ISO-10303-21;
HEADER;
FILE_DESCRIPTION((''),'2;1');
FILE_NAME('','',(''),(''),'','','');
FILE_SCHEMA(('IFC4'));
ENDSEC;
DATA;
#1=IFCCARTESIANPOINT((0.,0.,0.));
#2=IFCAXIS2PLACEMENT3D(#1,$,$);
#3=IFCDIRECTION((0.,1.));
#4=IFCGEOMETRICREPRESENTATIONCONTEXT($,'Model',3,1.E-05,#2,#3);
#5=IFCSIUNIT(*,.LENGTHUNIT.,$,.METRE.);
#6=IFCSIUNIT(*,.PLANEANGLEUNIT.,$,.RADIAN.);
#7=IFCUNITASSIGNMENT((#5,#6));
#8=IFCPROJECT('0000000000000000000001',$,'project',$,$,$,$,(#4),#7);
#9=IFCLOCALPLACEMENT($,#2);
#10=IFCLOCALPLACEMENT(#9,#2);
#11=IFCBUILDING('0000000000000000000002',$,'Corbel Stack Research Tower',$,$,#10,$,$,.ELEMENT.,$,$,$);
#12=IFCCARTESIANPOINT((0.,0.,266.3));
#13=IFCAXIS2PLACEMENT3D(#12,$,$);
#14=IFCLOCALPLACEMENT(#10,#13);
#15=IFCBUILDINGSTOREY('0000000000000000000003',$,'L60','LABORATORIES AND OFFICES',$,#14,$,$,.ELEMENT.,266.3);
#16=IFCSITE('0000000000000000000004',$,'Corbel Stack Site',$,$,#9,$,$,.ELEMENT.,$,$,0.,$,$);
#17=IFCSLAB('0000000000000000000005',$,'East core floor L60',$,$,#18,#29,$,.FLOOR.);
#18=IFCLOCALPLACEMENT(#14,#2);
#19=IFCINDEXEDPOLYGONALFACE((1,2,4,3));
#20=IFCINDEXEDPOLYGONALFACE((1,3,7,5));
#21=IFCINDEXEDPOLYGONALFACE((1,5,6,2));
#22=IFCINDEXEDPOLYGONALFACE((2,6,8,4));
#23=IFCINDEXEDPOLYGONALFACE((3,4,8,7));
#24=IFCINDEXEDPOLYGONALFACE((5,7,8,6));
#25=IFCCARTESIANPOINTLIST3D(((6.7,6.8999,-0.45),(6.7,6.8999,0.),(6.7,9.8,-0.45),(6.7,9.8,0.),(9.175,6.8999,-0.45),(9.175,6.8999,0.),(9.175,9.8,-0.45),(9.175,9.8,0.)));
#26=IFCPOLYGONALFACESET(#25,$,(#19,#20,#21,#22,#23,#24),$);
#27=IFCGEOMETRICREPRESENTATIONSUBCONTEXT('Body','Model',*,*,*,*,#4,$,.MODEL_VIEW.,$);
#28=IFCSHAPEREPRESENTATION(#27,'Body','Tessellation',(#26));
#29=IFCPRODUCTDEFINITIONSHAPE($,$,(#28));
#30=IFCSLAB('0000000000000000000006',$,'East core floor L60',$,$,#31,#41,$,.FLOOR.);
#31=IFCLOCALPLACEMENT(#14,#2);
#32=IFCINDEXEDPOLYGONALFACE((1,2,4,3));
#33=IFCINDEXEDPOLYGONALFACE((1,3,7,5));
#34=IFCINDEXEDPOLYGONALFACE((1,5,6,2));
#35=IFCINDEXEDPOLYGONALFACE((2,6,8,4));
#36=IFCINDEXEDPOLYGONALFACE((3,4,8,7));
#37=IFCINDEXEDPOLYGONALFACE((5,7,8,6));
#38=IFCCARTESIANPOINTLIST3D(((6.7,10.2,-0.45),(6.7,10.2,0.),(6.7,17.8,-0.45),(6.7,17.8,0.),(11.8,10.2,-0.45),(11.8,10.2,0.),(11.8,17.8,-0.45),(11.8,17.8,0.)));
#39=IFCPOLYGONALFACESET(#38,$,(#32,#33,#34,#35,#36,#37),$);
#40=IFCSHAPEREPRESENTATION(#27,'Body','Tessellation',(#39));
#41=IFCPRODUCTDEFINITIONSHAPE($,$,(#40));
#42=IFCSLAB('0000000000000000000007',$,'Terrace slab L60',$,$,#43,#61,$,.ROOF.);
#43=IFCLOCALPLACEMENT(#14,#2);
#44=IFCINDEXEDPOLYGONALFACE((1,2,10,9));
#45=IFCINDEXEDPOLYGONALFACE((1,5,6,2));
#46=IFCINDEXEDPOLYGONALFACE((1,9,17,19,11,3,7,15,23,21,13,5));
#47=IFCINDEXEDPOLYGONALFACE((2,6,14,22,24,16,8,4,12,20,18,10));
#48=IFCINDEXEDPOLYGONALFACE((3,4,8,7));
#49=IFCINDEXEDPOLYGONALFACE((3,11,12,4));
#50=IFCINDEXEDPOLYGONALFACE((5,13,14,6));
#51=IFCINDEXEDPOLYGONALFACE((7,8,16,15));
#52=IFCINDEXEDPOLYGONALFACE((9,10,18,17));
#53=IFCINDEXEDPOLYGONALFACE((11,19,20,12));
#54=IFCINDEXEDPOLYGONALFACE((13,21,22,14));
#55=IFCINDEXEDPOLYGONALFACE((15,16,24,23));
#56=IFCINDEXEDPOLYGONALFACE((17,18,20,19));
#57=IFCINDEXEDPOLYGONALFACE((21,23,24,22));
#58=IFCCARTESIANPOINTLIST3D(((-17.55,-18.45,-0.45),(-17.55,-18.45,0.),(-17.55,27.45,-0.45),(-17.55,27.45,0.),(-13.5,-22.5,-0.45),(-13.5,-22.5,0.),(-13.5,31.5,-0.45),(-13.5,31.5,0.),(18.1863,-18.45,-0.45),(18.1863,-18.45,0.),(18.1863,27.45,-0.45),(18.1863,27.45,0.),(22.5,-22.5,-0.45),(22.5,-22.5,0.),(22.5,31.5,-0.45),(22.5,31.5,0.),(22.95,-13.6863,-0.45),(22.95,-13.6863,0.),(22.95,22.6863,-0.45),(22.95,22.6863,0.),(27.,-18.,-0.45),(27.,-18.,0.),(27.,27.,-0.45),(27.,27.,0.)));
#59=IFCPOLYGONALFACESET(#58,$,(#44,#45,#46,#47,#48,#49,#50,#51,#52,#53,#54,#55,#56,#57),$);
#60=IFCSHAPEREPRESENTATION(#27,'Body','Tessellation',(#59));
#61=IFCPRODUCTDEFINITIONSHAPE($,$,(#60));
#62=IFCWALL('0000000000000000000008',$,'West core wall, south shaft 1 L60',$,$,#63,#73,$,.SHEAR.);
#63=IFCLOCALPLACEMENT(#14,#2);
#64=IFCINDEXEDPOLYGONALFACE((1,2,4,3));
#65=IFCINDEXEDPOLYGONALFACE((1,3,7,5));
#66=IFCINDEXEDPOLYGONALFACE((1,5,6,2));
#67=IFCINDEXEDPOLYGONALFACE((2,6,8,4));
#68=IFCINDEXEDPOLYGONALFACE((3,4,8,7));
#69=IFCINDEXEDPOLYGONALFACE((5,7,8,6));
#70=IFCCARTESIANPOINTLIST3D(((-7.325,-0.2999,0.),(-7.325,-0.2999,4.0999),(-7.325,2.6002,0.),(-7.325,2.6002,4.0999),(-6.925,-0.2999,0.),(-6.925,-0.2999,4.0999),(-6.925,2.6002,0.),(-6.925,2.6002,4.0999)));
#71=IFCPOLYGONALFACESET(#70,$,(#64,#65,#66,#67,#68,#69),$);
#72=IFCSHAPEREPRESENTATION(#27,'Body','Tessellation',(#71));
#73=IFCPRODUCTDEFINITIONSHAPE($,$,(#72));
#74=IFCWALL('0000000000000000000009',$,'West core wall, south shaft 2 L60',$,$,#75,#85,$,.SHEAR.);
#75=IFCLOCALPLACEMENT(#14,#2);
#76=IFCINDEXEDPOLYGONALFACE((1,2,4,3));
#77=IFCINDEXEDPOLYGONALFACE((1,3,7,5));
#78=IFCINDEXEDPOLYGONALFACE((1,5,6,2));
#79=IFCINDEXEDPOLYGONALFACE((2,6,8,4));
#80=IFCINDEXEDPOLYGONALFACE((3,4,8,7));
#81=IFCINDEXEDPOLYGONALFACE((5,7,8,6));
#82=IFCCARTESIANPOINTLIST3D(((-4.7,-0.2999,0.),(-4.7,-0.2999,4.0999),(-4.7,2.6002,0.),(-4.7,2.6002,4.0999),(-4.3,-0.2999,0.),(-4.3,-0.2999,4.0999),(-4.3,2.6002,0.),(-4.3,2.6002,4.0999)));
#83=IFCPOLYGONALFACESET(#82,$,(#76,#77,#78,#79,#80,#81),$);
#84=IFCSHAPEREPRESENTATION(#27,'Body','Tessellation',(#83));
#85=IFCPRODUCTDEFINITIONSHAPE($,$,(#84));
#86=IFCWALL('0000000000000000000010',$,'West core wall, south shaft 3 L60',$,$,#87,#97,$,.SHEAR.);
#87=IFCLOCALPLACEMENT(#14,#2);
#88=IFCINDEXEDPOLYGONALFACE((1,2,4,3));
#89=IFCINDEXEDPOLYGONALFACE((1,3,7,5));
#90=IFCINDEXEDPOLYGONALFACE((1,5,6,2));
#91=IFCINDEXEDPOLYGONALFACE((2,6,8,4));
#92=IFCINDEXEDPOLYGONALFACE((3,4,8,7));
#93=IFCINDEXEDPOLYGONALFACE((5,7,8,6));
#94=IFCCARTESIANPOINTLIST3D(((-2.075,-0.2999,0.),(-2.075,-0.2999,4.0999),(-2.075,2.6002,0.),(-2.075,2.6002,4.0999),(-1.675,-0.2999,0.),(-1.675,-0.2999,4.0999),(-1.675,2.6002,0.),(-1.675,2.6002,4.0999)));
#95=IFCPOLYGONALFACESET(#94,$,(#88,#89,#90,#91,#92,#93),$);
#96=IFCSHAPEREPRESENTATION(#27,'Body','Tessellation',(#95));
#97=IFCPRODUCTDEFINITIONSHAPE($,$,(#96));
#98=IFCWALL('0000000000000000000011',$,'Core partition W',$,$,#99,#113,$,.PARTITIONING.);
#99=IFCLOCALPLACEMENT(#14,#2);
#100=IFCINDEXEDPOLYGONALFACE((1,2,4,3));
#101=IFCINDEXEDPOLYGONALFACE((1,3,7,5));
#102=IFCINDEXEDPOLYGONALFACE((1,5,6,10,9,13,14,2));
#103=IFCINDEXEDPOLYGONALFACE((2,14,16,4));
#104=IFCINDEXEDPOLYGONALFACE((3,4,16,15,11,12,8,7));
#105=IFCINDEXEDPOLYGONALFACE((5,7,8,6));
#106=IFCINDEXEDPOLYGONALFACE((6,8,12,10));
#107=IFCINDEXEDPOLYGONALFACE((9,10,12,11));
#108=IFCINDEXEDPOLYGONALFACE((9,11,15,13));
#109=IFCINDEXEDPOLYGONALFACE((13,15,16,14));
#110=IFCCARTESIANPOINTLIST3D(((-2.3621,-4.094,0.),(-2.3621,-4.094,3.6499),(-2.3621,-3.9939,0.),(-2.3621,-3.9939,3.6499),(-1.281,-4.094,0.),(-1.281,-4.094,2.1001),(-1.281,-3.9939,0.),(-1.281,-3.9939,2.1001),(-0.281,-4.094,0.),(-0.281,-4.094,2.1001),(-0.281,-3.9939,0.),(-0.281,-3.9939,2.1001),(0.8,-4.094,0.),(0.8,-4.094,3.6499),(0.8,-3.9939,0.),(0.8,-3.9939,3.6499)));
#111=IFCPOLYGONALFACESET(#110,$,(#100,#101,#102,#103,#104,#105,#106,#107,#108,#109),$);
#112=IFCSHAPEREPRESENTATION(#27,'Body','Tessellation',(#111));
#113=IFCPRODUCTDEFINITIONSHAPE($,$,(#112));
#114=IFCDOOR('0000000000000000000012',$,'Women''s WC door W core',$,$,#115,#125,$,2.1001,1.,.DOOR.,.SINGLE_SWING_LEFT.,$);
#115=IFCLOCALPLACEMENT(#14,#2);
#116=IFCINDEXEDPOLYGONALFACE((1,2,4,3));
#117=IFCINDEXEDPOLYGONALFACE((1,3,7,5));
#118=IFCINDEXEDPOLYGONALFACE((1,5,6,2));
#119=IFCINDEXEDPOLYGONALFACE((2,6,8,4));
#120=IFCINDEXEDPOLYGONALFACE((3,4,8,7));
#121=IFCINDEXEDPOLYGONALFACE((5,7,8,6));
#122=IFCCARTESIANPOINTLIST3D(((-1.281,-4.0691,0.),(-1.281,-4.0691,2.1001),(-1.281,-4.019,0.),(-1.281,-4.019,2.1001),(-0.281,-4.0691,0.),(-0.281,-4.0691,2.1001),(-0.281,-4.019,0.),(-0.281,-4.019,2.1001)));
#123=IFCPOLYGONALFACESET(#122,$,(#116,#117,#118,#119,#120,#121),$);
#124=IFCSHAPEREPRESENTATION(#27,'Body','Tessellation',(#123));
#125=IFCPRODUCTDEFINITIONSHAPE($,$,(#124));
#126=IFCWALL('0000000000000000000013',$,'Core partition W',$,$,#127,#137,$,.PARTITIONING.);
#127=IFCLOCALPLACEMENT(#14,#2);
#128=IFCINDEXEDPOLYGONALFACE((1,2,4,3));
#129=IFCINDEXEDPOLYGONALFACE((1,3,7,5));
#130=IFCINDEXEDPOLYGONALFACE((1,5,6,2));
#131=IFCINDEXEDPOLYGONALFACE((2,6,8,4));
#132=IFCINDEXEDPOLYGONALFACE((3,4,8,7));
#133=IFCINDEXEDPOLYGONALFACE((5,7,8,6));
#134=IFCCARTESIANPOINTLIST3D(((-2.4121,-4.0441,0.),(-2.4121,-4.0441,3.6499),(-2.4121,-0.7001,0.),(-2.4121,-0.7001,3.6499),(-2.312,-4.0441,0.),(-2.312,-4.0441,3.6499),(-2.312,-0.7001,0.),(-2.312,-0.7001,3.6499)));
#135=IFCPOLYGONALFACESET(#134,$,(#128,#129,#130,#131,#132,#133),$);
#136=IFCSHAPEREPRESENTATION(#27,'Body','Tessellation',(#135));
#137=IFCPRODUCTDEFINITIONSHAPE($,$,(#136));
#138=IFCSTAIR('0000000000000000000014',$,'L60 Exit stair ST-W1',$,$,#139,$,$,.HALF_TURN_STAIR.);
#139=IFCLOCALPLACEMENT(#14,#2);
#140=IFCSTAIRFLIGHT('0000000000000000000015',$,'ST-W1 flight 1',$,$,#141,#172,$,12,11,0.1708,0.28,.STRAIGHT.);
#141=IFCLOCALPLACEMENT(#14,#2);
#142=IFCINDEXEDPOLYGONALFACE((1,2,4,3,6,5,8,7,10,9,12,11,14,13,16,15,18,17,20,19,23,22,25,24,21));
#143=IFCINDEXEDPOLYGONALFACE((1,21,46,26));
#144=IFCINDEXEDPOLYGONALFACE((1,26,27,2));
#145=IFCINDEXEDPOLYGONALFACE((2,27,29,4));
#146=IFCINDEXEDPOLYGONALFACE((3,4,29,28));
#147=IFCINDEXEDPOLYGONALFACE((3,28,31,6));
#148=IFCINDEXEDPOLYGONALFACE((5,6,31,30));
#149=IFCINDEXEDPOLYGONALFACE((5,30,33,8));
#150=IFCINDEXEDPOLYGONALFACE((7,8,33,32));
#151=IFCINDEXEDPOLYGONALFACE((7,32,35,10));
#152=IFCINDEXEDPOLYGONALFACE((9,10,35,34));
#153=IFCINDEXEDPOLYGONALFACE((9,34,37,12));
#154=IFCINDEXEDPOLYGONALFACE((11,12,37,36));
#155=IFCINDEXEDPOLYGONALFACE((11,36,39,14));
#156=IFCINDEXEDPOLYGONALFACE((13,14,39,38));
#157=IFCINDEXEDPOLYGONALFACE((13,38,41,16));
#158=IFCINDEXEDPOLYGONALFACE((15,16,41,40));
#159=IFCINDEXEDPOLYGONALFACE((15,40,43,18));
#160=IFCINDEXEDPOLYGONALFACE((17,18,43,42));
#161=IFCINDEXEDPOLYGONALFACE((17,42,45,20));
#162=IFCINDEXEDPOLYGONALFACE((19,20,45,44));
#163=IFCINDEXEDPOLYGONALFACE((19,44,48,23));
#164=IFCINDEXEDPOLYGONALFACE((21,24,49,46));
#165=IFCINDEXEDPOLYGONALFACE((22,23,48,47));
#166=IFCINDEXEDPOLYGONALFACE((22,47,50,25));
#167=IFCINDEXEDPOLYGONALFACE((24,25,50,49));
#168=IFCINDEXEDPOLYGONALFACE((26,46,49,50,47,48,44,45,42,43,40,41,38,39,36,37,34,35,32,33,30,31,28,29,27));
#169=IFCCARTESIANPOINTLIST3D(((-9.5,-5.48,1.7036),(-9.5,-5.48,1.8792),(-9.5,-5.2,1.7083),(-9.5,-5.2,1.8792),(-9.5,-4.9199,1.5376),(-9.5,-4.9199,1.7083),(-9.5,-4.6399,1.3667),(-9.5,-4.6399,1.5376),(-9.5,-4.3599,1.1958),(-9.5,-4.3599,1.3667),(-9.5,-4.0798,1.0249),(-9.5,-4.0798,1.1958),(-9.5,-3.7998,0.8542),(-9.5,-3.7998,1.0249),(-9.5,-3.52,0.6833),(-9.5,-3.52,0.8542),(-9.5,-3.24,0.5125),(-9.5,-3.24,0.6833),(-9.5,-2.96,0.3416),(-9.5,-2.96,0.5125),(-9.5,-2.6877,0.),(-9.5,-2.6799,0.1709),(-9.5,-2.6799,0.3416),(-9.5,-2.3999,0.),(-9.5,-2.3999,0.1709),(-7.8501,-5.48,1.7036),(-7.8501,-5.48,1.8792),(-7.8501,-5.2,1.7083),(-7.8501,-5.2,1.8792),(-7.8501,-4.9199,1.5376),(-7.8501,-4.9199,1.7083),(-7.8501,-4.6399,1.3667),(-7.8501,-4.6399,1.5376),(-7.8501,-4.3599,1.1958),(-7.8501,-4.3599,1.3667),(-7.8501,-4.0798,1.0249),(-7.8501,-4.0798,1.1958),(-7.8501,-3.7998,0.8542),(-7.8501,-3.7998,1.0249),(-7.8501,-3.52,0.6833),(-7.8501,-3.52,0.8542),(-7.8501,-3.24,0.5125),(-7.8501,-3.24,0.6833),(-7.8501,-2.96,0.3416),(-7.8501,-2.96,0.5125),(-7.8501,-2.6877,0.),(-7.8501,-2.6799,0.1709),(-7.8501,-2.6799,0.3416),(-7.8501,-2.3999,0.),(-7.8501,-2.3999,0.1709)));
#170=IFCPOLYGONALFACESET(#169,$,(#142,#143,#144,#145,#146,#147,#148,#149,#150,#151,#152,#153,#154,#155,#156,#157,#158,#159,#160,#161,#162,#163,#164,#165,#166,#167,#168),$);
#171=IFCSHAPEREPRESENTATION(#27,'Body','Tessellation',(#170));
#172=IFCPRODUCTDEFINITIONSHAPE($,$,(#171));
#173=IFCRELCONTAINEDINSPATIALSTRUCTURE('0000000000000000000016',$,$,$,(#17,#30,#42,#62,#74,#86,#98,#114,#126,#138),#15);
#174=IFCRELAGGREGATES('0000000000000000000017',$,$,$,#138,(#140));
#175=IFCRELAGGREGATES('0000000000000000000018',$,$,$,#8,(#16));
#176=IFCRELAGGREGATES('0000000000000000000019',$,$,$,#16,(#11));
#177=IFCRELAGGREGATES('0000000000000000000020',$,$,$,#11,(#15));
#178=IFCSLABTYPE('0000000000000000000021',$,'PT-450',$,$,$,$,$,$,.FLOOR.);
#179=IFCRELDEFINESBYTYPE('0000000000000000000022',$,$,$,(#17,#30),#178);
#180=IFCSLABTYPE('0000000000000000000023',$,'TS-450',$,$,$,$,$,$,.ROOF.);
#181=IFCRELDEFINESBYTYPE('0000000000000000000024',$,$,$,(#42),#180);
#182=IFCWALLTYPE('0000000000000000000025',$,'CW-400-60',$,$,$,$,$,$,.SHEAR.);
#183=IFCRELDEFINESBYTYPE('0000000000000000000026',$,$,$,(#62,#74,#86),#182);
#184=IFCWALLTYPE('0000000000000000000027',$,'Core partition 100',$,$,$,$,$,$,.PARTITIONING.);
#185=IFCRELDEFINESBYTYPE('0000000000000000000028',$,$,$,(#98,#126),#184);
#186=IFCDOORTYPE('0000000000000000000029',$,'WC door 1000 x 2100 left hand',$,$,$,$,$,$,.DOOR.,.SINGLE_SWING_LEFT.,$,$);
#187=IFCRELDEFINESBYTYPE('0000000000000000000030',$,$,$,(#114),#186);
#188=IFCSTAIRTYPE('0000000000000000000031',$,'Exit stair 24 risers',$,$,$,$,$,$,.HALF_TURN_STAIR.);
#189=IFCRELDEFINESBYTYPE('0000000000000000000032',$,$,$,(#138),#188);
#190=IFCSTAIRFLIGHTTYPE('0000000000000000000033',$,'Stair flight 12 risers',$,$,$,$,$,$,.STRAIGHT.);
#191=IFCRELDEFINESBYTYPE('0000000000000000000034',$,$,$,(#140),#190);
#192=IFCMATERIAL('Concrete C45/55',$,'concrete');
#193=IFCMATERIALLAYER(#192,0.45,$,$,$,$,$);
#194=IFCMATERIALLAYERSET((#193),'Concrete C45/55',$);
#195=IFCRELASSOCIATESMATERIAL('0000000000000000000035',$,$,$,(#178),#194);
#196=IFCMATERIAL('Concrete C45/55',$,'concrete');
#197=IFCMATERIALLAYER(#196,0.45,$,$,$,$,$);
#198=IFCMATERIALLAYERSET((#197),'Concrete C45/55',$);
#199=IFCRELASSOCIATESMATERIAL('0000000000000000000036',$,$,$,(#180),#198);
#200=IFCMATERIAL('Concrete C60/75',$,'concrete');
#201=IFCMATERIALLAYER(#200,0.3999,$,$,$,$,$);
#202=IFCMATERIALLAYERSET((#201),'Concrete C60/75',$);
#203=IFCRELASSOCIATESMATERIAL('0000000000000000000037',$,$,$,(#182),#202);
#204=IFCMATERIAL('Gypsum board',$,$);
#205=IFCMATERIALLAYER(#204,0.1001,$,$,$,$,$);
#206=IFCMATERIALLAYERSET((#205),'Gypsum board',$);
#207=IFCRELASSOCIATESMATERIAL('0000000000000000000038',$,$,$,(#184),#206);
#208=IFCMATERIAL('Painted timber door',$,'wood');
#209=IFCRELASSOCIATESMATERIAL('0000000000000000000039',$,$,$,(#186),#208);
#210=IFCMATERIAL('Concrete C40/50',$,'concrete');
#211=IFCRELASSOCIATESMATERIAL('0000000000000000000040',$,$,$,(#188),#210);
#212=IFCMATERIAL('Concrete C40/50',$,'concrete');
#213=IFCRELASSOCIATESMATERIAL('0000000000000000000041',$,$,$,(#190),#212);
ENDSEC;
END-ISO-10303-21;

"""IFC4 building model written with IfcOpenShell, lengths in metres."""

from ifc_helpers import new_model, si_unit, direction, frame, frame_2d, origin, place, context, subcontext, project, spatial, polyline, rectangle, outline, extrude, material, layer, layer_set, type_object, element, fill, aggregate, save


model = new_model("IFC4")

# Units and contexts
model_context = context("Model", 3, precision=1e-05, world=origin(), true_north=direction((0.0, 1.0)))
body_context = subcontext(model_context, "Body", "Model", "MODEL_VIEW")
ifc_project = project(units=[si_unit("LENGTHUNIT", "METRE"), si_unit("PLANEANGLEUNIT", "RADIAN")], contexts=[model_context])

# Site, building, storey
site_placement = place(None, origin())
site = spatial("IfcSite", under=ifc_project, at=site_placement, Name="Corbel Stack Site", CompositionType="ELEMENT", RefElevation=0.0)
building_placement = place(site_placement, origin())
building = spatial("IfcBuilding", under=site, at=building_placement, Name="Corbel Stack Research Tower", CompositionType="ELEMENT")
storey_placement = place(building_placement, frame((0.0, 0.0, 266.3)))
storey = spatial("IfcBuildingStorey", under=building, at=storey_placement, Name="L60", Description="LABORATORIES AND OFFICES", CompositionType="ELEMENT", Elevation=266.3)

# Slabs
ifc_material_1 = material(Name="Concrete C45/55", Category="concrete")
ifc_layer_1 = layer(ifc_material_1, 0.45)
ifc_layer_set_1 = layer_set([ifc_layer_1], Name="Concrete C45/55")
slab_type_1 = type_object("IfcSlabType", Name="PT-450", PredefinedType="FLOOR", material=ifc_layer_set_1)
slab_1_placement = place(storey_placement, frame((0.0, 0.0, -0.45)))
element("IfcSlab", 1, at=slab_1_placement, inside=storey, type_object=slab_type_1, Name="East core floor L60", PredefinedType="FLOOR", context=body_context, shape_type="SweptSolid", body=[
    extrude(outline(polyline([(6.7, 6.8999), (9.175, 6.8999), (9.175, 9.8), (6.7, 9.8), (6.7, 6.8999)])), origin(), (0.0, 0.0, 1.0), 0.45),
])
slab_2_placement = place(storey_placement, frame((0.0, 0.0, -0.45)))
element("IfcSlab", 2, at=slab_2_placement, inside=storey, type_object=slab_type_1, Name="East core floor L60", PredefinedType="FLOOR", context=body_context, shape_type="SweptSolid", body=[
    extrude(outline(polyline([(6.7, 10.2), (11.8, 10.2), (11.8, 17.8), (6.7, 17.8), (6.7, 10.2)])), origin(), (0.0, 0.0, 1.0), 0.45),
])
ifc_material_2 = material(Name="Concrete C45/55", Category="concrete")
ifc_layer_2 = layer(ifc_material_2, 0.45)
ifc_layer_set_2 = layer_set([ifc_layer_2], Name="Concrete C45/55")
slab_type_2 = type_object("IfcSlabType", Name="TS-450", PredefinedType="ROOF", material=ifc_layer_set_2)
slab_3_placement = place(storey_placement, frame((0.0, 0.0, -0.45)))
element("IfcSlab", 3, at=slab_3_placement, inside=storey, type_object=slab_type_2, Name="Terrace slab L60", PredefinedType="ROOF", context=body_context, shape_type="SweptSolid", body=[
    extrude(outline(polyline([(-17.55, 27.45), (18.1863, 27.45), (22.95, 22.6863), (22.95, -13.6863), (18.1863, -18.45), (-17.55, -18.45), (-13.5, -22.5), (22.5, -22.5), (27.0, -18.0), (27.0, 27.0), (22.5, 31.5), (-13.5, 31.5), (-17.55, 27.45)])), origin(), (0.0, 0.0, 1.0), 0.45),
])

# Walls
ifc_material_3 = material(Name="Concrete C60/75", Category="concrete")
ifc_layer_3 = layer(ifc_material_3, 0.3999)
ifc_layer_set_3 = layer_set([ifc_layer_3], Name="Concrete C60/75")
wall_type_1 = type_object("IfcWallType", Name="CW-400-60", PredefinedType="SHEAR", material=ifc_layer_set_3)
for number, where, z_axis, x_axis, name in (
    (4, (-7.125, -0.3, 0.0), (0.0, 0.0, 1.0), (0.0, 1.0, 0.0), "West core wall, south shaft 1 L60"),
    (5, (-4.5, -0.3, 0.0), (0.0, 0.0, 1.0), (0.0, 1.0, 0.0), "West core wall, south shaft 2 L60"),
    (6, (-1.875, -0.3, 0.0), (0.0, 0.0, 1.0), (0.0, 1.0, 0.0), "West core wall, south shaft 3 L60"),
):
    element("IfcWall", number, at=place(storey_placement, frame(where, z_axis=z_axis, x_axis=x_axis)), inside=storey, type_object=wall_type_1, Name=name, PredefinedType="SHEAR", context=body_context, shape_type="SweptSolid", body=[
        extrude(rectangle(XDim=2.9001, YDim=0.3999, at=frame_2d((1.4502, 0.0))), origin(), (0.0, 0.0, 1.0), 4.0999),
    ])

# Wall, opening, door
ifc_material_4 = material(Name="Gypsum board")
ifc_layer_4 = layer(ifc_material_4, 0.1001)
ifc_layer_set_4 = layer_set([ifc_layer_4], Name="Gypsum board")
wall_type_2 = type_object("IfcWallType", Name="Core partition 100", PredefinedType="PARTITIONING", material=ifc_layer_set_4)
wall_1_placement = place(storey_placement, frame((-2.3621, -4.0439, 0.0), z_axis=(0.0, 0.0, 1.0), x_axis=(1.0, 0.0, 0.0)))
wall_1 = element("IfcWall", 7, at=wall_1_placement, inside=storey, type_object=wall_type_2, Name="Core partition W", PredefinedType="PARTITIONING", context=body_context, shape_type="SweptSolid", body=[
    extrude(rectangle(XDim=3.1621, YDim=0.1001, at=frame_2d((1.5811, 0.0))), origin(), (0.0, 0.0, 1.0), 3.6499),
])
opening_placement = place(wall_1_placement, frame((1.0811, 0.0, 0.0)))
opening = element("IfcOpeningElement", 8, at=opening_placement, cuts=wall_1, PredefinedType="OPENING", context=body_context, shape_type="SweptSolid", body=[
    extrude(rectangle(XDim=1.0, YDim=2.1001, at=frame_2d((0.5, 1.05))), frame((0.0, 0.0601, 0.0), z_axis=(0.0, -1.0, 0.0), x_axis=(1.0, 0.0, 0.0)), (0.0, 0.0, 1.0), 0.1201),
])
ifc_material_5 = material(Name="Painted timber door", Category="wood")
door_type = type_object("IfcDoorType", Name="WC door 1000 x 2100 left hand", OperationType="SINGLE_SWING_LEFT", PredefinedType="DOOR", material=ifc_material_5)
door_placement = place(opening_placement, origin())
door = element("IfcDoor", 9, at=door_placement, inside=storey, type_object=door_type, Name="Women's WC door W core", OperationType="SINGLE_SWING_LEFT", OverallHeight=2.1001, OverallWidth=1.0, PredefinedType="DOOR", context=body_context, shape_type="SweptSolid", body=[
    extrude(rectangle(XDim=1.0, YDim=2.1001, at=frame_2d((0.5, 1.05))), frame((0.0, 0.0249, 0.0), z_axis=(0.0, -1.0, 0.0), x_axis=(1.0, 0.0, 0.0)), (0.0, 0.0, 1.0), 0.05),
])
fill(opening, door)

# Wall
wall_2_placement = place(storey_placement, frame((-2.3621, -4.0439, 0.0), z_axis=(0.0, 0.0, 1.0), x_axis=(0.0, 1.0, 0.0)))
element("IfcWall", 10, at=wall_2_placement, inside=storey, type_object=wall_type_2, Name="Core partition W", PredefinedType="PARTITIONING", context=body_context, shape_type="SweptSolid", body=[
    extrude(rectangle(XDim=3.344, YDim=0.1001, at=frame_2d((1.6719, 0.0))), origin(), (0.0, 0.0, 1.0), 3.6499),
])

# Stair, stair flight
ifc_material_6 = material(Name="Concrete C40/50", Category="concrete")
stair_type = type_object("IfcStairType", Name="Exit stair 24 risers", PredefinedType="HALF_TURN_STAIR", material=ifc_material_6)
stair_placement = place(storey_placement, origin())
stair = element("IfcStair", 11, at=stair_placement, inside=storey, type_object=stair_type, Name="L60 Exit stair ST-W1", PredefinedType="HALF_TURN_STAIR")
ifc_material_7 = material(Name="Concrete C40/50", Category="concrete")
stair_flight_type = type_object("IfcStairFlightType", Name="Stair flight 12 risers", PredefinedType="STRAIGHT", material=ifc_material_7)
stair_flight_placement = place(storey_placement, frame((-8.675, -2.3999, 0.0), z_axis=(0.0, 0.0, 1.0), x_axis=(0.0, -1.0, 0.0)))
stair_flight = element("IfcStairFlight", 12, at=stair_flight_placement, type_object=stair_flight_type, Name="ST-W1 flight 1", NumberOfRisers=12, NumberOfTreads=11, PredefinedType="STRAIGHT", RiserHeight=0.1708, TreadLength=0.28, context=body_context, shape_type="SweptSolid", body=[
    extrude(outline(polyline([(0.0, 0.0), (0.0, 0.1709), (0.28, 0.1709), (0.28, 0.3416), (0.5601, 0.3416), (0.5601, 0.5125), (0.8401, 0.5125), (0.8401, 0.6833), (1.1201, 0.6833), (1.1201, 0.8542), (1.3999, 0.8542), (1.3999, 1.0249), (1.6799, 1.0249), (1.6799, 1.1958), (1.96, 1.1958), (1.96, 1.3667), (2.24, 1.3667), (2.24, 1.5376), (2.52, 1.5376), (2.52, 1.7083), (2.8, 1.7083), (2.8, 1.8792), (3.0801, 1.8792), (3.0801, 2.05), (3.0801, 1.7036), (0.2878, 0.0), (0.0, 0.0)])), frame((0.0, 0.825, 0.0), z_axis=(0.0, -1.0, 0.0), x_axis=(1.0, 0.0, 0.0)), (0.0, 0.0, 1.0), 1.6499),
])
aggregate(stair, [stair_flight])

save(model, "model.ifc")
